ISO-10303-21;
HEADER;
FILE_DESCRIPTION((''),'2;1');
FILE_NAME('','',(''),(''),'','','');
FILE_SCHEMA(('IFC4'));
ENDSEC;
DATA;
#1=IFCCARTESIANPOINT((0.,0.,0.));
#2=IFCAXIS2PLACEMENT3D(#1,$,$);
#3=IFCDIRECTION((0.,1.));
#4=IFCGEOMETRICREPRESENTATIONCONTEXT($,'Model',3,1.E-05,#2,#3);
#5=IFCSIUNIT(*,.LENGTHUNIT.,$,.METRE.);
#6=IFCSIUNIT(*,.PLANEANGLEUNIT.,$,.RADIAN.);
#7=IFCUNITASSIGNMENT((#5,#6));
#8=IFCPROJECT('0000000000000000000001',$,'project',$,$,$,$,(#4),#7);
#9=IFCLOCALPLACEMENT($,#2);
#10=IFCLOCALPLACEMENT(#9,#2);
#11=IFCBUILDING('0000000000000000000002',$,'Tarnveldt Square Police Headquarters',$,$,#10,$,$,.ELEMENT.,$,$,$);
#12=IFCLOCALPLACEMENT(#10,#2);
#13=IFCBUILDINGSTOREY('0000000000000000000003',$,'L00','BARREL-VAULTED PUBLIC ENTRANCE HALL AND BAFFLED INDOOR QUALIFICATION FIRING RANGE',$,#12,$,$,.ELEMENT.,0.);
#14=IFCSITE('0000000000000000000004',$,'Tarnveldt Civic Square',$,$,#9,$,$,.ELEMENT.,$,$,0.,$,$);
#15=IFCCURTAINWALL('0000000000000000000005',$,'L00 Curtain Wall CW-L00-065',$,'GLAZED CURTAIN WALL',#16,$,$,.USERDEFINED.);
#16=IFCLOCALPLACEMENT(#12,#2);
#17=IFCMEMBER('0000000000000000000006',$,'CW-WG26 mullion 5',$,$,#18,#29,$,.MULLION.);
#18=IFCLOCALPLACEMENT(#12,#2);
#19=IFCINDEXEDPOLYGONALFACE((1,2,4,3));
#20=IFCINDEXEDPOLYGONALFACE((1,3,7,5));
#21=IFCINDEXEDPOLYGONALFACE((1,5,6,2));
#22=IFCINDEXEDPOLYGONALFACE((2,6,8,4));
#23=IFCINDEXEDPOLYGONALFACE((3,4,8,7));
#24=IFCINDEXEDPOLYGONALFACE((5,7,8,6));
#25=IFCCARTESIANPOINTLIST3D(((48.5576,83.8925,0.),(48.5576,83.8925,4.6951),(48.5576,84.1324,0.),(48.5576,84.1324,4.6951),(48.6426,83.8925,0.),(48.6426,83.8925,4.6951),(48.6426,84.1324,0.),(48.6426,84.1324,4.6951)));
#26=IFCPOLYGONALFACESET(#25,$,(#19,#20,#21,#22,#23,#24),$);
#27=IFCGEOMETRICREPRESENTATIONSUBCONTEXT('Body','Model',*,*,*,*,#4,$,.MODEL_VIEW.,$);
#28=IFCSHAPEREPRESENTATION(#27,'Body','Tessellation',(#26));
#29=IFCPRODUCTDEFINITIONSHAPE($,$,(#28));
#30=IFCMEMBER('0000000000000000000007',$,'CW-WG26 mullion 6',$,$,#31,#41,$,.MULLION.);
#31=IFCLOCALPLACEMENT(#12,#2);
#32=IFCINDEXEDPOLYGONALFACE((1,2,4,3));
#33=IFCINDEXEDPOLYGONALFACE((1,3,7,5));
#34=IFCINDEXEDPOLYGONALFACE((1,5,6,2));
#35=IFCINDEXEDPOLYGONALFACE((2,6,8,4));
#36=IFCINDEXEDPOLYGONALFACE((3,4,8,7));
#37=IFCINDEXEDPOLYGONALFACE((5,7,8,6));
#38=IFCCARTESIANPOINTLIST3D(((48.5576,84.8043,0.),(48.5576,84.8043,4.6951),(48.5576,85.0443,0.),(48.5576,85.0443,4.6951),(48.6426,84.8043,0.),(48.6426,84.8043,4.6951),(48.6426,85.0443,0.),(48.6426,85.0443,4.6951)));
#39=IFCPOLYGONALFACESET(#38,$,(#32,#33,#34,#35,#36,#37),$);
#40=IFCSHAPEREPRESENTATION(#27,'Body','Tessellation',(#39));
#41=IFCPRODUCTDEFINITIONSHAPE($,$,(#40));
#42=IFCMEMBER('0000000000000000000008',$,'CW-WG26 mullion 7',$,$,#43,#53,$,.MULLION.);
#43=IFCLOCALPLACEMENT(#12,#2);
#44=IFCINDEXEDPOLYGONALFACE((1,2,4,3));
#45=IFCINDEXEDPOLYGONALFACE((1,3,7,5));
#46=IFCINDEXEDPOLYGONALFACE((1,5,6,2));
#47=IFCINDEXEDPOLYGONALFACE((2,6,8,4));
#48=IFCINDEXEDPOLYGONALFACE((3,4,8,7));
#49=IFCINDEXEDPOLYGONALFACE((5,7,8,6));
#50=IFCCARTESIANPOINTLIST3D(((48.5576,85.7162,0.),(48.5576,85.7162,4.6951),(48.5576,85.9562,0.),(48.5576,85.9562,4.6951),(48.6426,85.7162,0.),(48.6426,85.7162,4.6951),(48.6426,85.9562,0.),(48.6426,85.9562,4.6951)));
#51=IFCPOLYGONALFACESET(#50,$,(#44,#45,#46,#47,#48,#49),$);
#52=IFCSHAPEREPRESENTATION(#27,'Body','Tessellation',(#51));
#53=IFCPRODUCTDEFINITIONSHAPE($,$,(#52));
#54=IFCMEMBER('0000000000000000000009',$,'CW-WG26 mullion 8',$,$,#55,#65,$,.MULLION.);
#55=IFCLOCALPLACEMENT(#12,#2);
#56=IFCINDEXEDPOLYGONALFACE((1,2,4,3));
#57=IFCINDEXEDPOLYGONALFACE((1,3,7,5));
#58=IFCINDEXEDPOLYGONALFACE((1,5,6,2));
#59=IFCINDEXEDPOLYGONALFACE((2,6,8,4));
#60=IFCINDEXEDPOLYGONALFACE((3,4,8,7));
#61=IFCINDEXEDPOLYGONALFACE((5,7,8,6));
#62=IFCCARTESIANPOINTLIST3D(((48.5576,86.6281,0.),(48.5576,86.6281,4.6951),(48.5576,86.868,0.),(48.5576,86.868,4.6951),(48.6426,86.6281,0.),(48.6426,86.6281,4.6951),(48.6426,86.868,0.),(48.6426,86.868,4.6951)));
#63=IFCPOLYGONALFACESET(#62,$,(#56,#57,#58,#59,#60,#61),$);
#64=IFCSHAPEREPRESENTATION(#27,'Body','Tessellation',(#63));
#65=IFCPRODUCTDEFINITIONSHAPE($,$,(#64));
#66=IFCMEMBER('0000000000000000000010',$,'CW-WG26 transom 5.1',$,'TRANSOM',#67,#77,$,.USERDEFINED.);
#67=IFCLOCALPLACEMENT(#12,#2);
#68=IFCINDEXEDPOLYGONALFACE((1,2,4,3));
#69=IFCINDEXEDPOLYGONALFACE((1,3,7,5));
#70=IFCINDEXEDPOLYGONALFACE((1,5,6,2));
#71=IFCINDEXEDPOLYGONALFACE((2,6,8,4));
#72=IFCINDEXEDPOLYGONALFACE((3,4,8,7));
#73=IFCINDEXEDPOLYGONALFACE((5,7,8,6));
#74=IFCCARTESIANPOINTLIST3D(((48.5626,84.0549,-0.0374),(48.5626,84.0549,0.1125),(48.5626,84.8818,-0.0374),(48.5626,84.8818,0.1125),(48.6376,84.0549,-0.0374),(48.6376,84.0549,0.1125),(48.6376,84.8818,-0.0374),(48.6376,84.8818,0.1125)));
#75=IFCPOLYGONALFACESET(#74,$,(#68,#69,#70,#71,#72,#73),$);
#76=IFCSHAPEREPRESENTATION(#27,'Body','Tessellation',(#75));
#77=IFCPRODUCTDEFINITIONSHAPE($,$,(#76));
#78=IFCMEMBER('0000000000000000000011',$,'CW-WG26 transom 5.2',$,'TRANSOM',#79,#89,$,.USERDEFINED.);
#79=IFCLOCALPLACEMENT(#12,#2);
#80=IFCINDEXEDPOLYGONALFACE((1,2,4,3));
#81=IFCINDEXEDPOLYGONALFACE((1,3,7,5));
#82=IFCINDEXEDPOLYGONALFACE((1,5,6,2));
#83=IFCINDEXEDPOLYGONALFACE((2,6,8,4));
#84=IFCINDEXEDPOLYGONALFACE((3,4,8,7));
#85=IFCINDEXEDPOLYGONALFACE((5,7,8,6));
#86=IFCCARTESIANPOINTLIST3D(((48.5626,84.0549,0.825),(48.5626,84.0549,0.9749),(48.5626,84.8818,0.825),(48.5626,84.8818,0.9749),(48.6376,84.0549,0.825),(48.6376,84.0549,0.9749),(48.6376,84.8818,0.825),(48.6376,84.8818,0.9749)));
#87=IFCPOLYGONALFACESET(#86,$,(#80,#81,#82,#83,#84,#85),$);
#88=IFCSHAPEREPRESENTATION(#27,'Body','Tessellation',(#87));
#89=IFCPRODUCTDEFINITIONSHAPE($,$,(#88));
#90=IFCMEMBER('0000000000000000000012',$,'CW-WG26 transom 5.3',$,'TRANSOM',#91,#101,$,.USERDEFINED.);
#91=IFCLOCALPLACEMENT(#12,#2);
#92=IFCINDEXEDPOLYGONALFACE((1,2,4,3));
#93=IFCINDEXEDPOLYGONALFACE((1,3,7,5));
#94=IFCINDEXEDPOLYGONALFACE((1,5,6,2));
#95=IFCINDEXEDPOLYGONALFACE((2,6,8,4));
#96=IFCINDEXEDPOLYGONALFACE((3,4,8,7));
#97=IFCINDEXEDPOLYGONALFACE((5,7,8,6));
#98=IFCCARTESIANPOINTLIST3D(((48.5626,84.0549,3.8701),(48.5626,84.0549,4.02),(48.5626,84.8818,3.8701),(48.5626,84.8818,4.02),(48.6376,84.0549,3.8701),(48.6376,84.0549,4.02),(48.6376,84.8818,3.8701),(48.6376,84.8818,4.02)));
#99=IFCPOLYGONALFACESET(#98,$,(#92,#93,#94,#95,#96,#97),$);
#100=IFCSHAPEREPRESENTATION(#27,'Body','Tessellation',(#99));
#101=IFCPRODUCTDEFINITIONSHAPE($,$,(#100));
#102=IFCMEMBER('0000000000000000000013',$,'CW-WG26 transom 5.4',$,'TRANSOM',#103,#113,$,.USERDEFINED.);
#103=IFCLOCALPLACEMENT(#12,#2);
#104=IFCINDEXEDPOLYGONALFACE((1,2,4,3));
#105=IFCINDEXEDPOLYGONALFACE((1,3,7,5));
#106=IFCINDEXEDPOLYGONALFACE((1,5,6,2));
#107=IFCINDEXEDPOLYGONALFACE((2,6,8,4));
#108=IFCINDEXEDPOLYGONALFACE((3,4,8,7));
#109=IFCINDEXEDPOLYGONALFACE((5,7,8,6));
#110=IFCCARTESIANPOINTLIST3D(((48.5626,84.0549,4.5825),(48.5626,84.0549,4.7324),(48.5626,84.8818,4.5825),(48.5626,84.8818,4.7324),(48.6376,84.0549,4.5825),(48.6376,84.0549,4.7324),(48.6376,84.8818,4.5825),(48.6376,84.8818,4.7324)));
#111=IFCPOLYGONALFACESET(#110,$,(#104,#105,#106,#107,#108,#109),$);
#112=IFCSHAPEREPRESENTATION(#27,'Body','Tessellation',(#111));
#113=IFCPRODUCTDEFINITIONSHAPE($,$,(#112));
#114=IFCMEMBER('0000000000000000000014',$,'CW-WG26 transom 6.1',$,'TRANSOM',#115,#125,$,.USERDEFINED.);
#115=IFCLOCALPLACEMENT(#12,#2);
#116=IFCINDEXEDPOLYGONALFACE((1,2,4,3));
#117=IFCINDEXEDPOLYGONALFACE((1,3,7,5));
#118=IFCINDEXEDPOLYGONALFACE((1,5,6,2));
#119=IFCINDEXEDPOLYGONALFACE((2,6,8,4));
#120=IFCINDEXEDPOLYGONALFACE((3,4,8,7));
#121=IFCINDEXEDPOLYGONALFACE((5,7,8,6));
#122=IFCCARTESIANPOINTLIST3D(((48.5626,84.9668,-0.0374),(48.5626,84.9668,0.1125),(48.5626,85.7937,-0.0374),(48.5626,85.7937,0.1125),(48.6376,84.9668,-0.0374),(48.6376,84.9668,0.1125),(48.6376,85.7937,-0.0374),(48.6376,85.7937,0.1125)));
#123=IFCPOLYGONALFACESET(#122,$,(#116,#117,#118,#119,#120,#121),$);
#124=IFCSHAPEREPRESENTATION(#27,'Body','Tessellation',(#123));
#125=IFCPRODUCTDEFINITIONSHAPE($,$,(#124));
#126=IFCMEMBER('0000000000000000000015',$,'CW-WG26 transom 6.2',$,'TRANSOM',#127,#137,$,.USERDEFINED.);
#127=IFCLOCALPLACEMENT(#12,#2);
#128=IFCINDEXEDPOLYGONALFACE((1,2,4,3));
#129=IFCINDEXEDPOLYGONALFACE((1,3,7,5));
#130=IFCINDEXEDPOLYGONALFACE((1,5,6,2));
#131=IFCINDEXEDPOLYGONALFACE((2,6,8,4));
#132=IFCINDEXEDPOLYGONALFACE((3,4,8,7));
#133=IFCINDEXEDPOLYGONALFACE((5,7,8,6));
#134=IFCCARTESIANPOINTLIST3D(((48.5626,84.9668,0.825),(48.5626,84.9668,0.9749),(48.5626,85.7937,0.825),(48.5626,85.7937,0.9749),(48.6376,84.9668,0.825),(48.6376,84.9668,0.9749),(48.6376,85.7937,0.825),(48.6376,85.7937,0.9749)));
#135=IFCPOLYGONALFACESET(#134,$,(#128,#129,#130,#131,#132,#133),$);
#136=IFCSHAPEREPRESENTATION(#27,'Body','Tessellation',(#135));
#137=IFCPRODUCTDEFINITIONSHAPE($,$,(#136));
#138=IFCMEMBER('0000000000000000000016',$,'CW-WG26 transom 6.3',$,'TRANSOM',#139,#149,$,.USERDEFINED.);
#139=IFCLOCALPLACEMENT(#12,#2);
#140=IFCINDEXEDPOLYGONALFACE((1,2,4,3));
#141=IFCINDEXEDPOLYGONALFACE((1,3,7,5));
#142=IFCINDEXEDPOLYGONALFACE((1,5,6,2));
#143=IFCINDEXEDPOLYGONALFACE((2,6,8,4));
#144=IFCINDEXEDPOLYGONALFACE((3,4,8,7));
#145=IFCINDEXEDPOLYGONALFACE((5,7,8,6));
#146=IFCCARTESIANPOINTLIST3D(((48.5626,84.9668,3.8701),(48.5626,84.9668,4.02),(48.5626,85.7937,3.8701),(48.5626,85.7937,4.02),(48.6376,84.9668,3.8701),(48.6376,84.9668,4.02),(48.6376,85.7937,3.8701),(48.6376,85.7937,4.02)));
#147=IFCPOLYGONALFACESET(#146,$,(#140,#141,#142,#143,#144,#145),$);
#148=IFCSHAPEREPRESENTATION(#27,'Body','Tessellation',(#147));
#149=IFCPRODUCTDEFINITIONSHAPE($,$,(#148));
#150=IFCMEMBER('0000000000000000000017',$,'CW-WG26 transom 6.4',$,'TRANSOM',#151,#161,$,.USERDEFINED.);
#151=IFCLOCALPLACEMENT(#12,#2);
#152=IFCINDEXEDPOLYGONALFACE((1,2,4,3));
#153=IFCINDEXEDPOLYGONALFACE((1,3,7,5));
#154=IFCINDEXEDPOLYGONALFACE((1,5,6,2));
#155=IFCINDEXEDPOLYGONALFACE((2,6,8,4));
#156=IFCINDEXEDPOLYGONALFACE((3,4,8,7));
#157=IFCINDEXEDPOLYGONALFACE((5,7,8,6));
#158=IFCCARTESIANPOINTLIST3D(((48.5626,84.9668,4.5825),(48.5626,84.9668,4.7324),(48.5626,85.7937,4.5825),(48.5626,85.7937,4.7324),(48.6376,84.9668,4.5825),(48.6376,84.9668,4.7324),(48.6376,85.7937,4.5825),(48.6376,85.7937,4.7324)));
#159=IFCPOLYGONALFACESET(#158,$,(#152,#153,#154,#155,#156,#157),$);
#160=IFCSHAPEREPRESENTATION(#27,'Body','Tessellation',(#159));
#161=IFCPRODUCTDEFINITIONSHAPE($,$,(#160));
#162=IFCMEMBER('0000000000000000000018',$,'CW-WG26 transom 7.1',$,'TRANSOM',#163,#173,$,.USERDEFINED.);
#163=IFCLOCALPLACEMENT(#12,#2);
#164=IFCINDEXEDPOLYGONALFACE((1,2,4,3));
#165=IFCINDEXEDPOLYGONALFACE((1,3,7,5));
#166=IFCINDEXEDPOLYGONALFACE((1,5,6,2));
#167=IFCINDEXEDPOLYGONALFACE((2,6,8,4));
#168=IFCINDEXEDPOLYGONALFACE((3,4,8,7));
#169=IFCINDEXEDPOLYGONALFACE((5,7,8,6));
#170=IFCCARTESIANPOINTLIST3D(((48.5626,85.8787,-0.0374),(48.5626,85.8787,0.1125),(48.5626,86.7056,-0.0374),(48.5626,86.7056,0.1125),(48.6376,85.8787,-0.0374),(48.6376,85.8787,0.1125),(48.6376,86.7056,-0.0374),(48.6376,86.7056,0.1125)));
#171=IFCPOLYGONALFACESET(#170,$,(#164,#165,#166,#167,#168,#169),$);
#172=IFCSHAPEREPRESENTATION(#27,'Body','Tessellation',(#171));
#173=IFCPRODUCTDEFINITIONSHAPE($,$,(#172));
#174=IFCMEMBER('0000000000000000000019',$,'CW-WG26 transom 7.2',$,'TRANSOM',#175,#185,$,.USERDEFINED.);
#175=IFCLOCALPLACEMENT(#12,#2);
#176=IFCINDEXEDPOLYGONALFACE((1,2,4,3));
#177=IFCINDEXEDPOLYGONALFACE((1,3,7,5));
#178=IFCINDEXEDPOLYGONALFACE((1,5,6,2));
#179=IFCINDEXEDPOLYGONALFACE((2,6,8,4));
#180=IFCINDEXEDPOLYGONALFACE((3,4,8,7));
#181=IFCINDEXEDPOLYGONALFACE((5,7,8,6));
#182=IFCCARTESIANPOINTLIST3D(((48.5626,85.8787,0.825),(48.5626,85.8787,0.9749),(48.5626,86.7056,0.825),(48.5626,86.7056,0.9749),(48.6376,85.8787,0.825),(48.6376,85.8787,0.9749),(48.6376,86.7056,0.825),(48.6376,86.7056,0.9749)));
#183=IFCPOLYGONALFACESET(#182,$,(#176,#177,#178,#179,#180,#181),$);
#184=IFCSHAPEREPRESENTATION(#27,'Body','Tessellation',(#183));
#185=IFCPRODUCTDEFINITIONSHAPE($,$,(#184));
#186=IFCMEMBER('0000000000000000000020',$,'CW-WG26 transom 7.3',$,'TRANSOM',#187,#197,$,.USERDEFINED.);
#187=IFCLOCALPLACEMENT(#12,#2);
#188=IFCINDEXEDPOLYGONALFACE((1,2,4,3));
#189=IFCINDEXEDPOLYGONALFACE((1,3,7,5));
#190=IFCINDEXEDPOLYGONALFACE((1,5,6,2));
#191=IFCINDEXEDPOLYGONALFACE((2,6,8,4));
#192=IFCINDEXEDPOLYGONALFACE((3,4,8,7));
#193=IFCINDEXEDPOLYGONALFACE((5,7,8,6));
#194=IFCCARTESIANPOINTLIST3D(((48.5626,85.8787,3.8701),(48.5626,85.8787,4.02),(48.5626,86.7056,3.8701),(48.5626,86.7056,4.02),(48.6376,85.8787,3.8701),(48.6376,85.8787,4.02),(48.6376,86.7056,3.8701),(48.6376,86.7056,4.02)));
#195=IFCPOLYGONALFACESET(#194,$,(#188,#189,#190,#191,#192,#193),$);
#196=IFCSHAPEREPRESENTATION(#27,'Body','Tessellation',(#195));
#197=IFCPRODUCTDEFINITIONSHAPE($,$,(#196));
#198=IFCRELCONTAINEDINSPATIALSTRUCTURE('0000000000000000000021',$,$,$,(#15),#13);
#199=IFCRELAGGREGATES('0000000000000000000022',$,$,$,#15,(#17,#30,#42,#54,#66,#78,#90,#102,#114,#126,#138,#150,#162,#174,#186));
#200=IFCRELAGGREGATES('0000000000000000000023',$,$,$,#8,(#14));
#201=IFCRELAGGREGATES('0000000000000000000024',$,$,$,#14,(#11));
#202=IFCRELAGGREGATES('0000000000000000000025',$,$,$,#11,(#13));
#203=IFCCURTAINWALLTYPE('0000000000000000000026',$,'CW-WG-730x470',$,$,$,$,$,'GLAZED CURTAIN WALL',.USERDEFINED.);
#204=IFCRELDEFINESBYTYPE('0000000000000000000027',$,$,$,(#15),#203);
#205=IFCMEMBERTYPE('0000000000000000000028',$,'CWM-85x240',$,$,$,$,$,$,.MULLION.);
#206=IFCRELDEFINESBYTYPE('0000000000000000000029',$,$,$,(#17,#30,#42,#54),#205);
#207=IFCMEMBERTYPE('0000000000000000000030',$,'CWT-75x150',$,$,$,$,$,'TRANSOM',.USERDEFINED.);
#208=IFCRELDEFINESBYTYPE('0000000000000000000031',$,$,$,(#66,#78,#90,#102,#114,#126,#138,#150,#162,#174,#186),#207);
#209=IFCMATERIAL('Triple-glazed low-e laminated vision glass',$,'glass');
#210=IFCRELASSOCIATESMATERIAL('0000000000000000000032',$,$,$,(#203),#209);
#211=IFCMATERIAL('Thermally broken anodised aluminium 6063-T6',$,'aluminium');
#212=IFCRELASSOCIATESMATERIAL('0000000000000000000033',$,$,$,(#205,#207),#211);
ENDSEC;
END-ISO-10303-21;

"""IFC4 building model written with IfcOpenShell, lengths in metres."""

from ifc_helpers import new_model, si_unit, direction, frame, origin, origin_2d, place, context, subcontext, project, spatial, rectangle, extrude, material, material_profile, profile_set, type_object, element, aggregate, save


model = new_model("IFC4")

# Units and contexts
model_context = context("Model", 3, precision=1e-05, world=origin(), true_north=direction((0.0, 1.0)))
body_context = subcontext(model_context, "Body", "Model", "MODEL_VIEW")
ifc_project = project(units=[si_unit("LENGTHUNIT", "METRE"), si_unit("PLANEANGLEUNIT", "RADIAN")], contexts=[model_context])

# Site, building, storey
site_placement = place(None, origin())
site = spatial("IfcSite", under=ifc_project, at=site_placement, Name="Tarnveldt Civic Square", CompositionType="ELEMENT", RefElevation=0.0)
building_placement = place(site_placement, origin())
building = spatial("IfcBuilding", under=site, at=building_placement, Name="Tarnveldt Square Police Headquarters", CompositionType="ELEMENT")
storey_placement = place(building_placement, origin())
storey = spatial("IfcBuildingStorey", under=building, at=storey_placement, Name="L00", Description="BARREL-VAULTED PUBLIC ENTRANCE HALL AND BAFFLED INDOOR QUALIFICATION FIRING RANGE", CompositionType="ELEMENT", Elevation=0.0)

# Curtain wall, members
ifc_material_1 = material(Name="Triple-glazed low-e laminated vision glass", Category="glass")
curtain_wall_type = type_object("IfcCurtainWallType", Name="CW-WG-730x470", ElementType="GLAZED CURTAIN WALL", PredefinedType="USERDEFINED", material=ifc_material_1)
curtain_wall_placement = place(storey_placement, origin())
curtain_wall = element("IfcCurtainWall", 1, at=curtain_wall_placement, inside=storey, type_object=curtain_wall_type, Name="L00 Curtain Wall CW-L00-065", ObjectType="GLAZED CURTAIN WALL", PredefinedType="USERDEFINED")
ifc_material_2 = material(Name="Thermally broken anodised aluminium 6063-T6", Category="aluminium")
ifc_material_profile_1 = material_profile(ifc_material_2, rectangle(XDim=0.085, YDim=0.24, at=origin_2d()), Name="CW-M85x240")
ifc_profile_set_1 = profile_set([ifc_material_profile_1], Name="Thermally broken anodised aluminium 6063-T6")
member_type_1 = type_object("IfcMemberType", Name="CWM-85x240", PredefinedType="MULLION", material=ifc_profile_set_1)
member_1_placement = place(storey_placement, frame((48.6001, 84.0125, 0.0), z_axis=(0.0, 0.0, 1.0), x_axis=(-1.0, 0.0, 0.0)))
member_1 = element("IfcMember", 2, at=member_1_placement, type_object=member_type_1, Name="CW-WG26 mullion 5", PredefinedType="MULLION", context=body_context, shape_type="SweptSolid", body=[
    extrude(rectangle(XDim=0.085, YDim=0.24, at=origin_2d()), origin(), (0.0, 0.0, 1.0), 4.6951),
])
member_2_placement = place(storey_placement, frame((48.6001, 84.9243, 0.0), z_axis=(0.0, 0.0, 1.0), x_axis=(-1.0, 0.0, 0.0)))
member_2 = element("IfcMember", 3, at=member_2_placement, type_object=member_type_1, Name="CW-WG26 mullion 6", PredefinedType="MULLION", context=body_context, shape_type="SweptSolid", body=[
    extrude(rectangle(XDim=0.085, YDim=0.24, at=origin_2d()), origin(), (0.0, 0.0, 1.0), 4.6951),
])
member_3_placement = place(storey_placement, frame((48.6001, 85.8362, 0.0), z_axis=(0.0, 0.0, 1.0), x_axis=(-1.0, 0.0, 0.0)))
member_3 = element("IfcMember", 4, at=member_3_placement, type_object=member_type_1, Name="CW-WG26 mullion 7", PredefinedType="MULLION", context=body_context, shape_type="SweptSolid", body=[
    extrude(rectangle(XDim=0.085, YDim=0.24, at=origin_2d()), origin(), (0.0, 0.0, 1.0), 4.6951),
])
member_4_placement = place(storey_placement, frame((48.6001, 86.748, 0.0), z_axis=(0.0, 0.0, 1.0), x_axis=(-1.0, 0.0, 0.0)))
member_4 = element("IfcMember", 5, at=member_4_placement, type_object=member_type_1, Name="CW-WG26 mullion 8", PredefinedType="MULLION", context=body_context, shape_type="SweptSolid", body=[
    extrude(rectangle(XDim=0.085, YDim=0.24, at=origin_2d()), origin(), (0.0, 0.0, 1.0), 4.6951),
])
ifc_material_profile_2 = material_profile(ifc_material_2, rectangle(XDim=0.075, YDim=0.1499, at=origin_2d()), Name="CW-T75x150")
ifc_profile_set_2 = profile_set([ifc_material_profile_2], Name="Thermally broken anodised aluminium 6063-T6")
member_type_2 = type_object("IfcMemberType", Name="CWT-75x150", ElementType="TRANSOM", PredefinedType="USERDEFINED", material=ifc_profile_set_2)
member_5_placement = place(storey_placement, frame((48.6001, 84.0549, 0.0376), z_axis=(0.0, 1.0, 0.0), x_axis=(-1.0, 0.0, 0.0)))
member_5 = element("IfcMember", 6, at=member_5_placement, type_object=member_type_2, Name="CW-WG26 transom 5.1", ObjectType="TRANSOM", PredefinedType="USERDEFINED", context=body_context, shape_type="SweptSolid", body=[
    extrude(rectangle(XDim=0.075, YDim=0.1499, at=origin_2d()), origin(), (0.0, 0.0, 1.0), 0.8269),
])
member_6_placement = place(storey_placement, frame((48.6001, 84.0549, 0.8999), z_axis=(0.0, 1.0, 0.0), x_axis=(-1.0, 0.0, 0.0)))
member_6 = element("IfcMember", 7, at=member_6_placement, type_object=member_type_2, Name="CW-WG26 transom 5.2", ObjectType="TRANSOM", PredefinedType="USERDEFINED", context=body_context, shape_type="SweptSolid", body=[
    extrude(rectangle(XDim=0.075, YDim=0.1499, at=origin_2d()), origin(), (0.0, 0.0, 1.0), 0.8269),
])
member_7_placement = place(storey_placement, frame((48.6001, 84.0549, 3.9451), z_axis=(0.0, 1.0, 0.0), x_axis=(-1.0, 0.0, 0.0)))
member_7 = element("IfcMember", 8, at=member_7_placement, type_object=member_type_2, Name="CW-WG26 transom 5.3", ObjectType="TRANSOM", PredefinedType="USERDEFINED", context=body_context, shape_type="SweptSolid", body=[
    extrude(rectangle(XDim=0.075, YDim=0.1499, at=origin_2d()), origin(), (0.0, 0.0, 1.0), 0.8269),
])
member_8_placement = place(storey_placement, frame((48.6001, 84.0549, 4.6575), z_axis=(0.0, 1.0, 0.0), x_axis=(-1.0, 0.0, 0.0)))
member_8 = element("IfcMember", 9, at=member_8_placement, type_object=member_type_2, Name="CW-WG26 transom 5.4", ObjectType="TRANSOM", PredefinedType="USERDEFINED", context=body_context, shape_type="SweptSolid", body=[
    extrude(rectangle(XDim=0.075, YDim=0.1499, at=origin_2d()), origin(), (0.0, 0.0, 1.0), 0.8269),
])
member_9_placement = place(storey_placement, frame((48.6001, 84.9668, 0.0376), z_axis=(0.0, 1.0, 0.0), x_axis=(-1.0, 0.0, 0.0)))
member_9 = element("IfcMember", 10, at=member_9_placement, type_object=member_type_2, Name="CW-WG26 transom 6.1", ObjectType="TRANSOM", PredefinedType="USERDEFINED", context=body_context, shape_type="SweptSolid", body=[
    extrude(rectangle(XDim=0.075, YDim=0.1499, at=origin_2d()), origin(), (0.0, 0.0, 1.0), 0.8269),
])
member_10_placement = place(storey_placement, frame((48.6001, 84.9668, 0.8999), z_axis=(0.0, 1.0, 0.0), x_axis=(-1.0, 0.0, 0.0)))
member_10 = element("IfcMember", 11, at=member_10_placement, type_object=member_type_2, Name="CW-WG26 transom 6.2", ObjectType="TRANSOM", PredefinedType="USERDEFINED", context=body_context, shape_type="SweptSolid", body=[
    extrude(rectangle(XDim=0.075, YDim=0.1499, at=origin_2d()), origin(), (0.0, 0.0, 1.0), 0.8269),
])
member_11_placement = place(storey_placement, frame((48.6001, 84.9668, 3.9451), z_axis=(0.0, 1.0, 0.0), x_axis=(-1.0, 0.0, 0.0)))
member_11 = element("IfcMember", 12, at=member_11_placement, type_object=member_type_2, Name="CW-WG26 transom 6.3", ObjectType="TRANSOM", PredefinedType="USERDEFINED", context=body_context, shape_type="SweptSolid", body=[
    extrude(rectangle(XDim=0.075, YDim=0.1499, at=origin_2d()), origin(), (0.0, 0.0, 1.0), 0.8269),
])
member_12_placement = place(storey_placement, frame((48.6001, 84.9668, 4.6575), z_axis=(0.0, 1.0, 0.0), x_axis=(-1.0, 0.0, 0.0)))
member_12 = element("IfcMember", 13, at=member_12_placement, type_object=member_type_2, Name="CW-WG26 transom 6.4", ObjectType="TRANSOM", PredefinedType="USERDEFINED", context=body_context, shape_type="SweptSolid", body=[
    extrude(rectangle(XDim=0.075, YDim=0.1499, at=origin_2d()), origin(), (0.0, 0.0, 1.0), 0.8269),
])
member_13_placement = place(storey_placement, frame((48.6001, 85.8787, 0.0376), z_axis=(0.0, 1.0, 0.0), x_axis=(-1.0, 0.0, 0.0)))
member_13 = element("IfcMember", 14, at=member_13_placement, type_object=member_type_2, Name="CW-WG26 transom 7.1", ObjectType="TRANSOM", PredefinedType="USERDEFINED", context=body_context, shape_type="SweptSolid", body=[
    extrude(rectangle(XDim=0.075, YDim=0.1499, at=origin_2d()), origin(), (0.0, 0.0, 1.0), 0.8269),
])
member_14_placement = place(storey_placement, frame((48.6001, 85.8787, 0.8999), z_axis=(0.0, 1.0, 0.0), x_axis=(-1.0, 0.0, 0.0)))
member_14 = element("IfcMember", 15, at=member_14_placement, type_object=member_type_2, Name="CW-WG26 transom 7.2", ObjectType="TRANSOM", PredefinedType="USERDEFINED", context=body_context, shape_type="SweptSolid", body=[
    extrude(rectangle(XDim=0.075, YDim=0.1499, at=origin_2d()), origin(), (0.0, 0.0, 1.0), 0.8269),
])
member_15_placement = place(storey_placement, frame((48.6001, 85.8787, 3.9451), z_axis=(0.0, 1.0, 0.0), x_axis=(-1.0, 0.0, 0.0)))
member_15 = element("IfcMember", 16, at=member_15_placement, type_object=member_type_2, Name="CW-WG26 transom 7.3", ObjectType="TRANSOM", PredefinedType="USERDEFINED", context=body_context, shape_type="SweptSolid", body=[
    extrude(rectangle(XDim=0.075, YDim=0.1499, at=origin_2d()), origin(), (0.0, 0.0, 1.0), 0.8269),
])
aggregate(curtain_wall, [member_1, member_2, member_3, member_4, member_5, member_6, member_7, member_8, member_9, member_10, member_11, member_12, member_13, member_14, member_15])

save(model, "model.ifc")
